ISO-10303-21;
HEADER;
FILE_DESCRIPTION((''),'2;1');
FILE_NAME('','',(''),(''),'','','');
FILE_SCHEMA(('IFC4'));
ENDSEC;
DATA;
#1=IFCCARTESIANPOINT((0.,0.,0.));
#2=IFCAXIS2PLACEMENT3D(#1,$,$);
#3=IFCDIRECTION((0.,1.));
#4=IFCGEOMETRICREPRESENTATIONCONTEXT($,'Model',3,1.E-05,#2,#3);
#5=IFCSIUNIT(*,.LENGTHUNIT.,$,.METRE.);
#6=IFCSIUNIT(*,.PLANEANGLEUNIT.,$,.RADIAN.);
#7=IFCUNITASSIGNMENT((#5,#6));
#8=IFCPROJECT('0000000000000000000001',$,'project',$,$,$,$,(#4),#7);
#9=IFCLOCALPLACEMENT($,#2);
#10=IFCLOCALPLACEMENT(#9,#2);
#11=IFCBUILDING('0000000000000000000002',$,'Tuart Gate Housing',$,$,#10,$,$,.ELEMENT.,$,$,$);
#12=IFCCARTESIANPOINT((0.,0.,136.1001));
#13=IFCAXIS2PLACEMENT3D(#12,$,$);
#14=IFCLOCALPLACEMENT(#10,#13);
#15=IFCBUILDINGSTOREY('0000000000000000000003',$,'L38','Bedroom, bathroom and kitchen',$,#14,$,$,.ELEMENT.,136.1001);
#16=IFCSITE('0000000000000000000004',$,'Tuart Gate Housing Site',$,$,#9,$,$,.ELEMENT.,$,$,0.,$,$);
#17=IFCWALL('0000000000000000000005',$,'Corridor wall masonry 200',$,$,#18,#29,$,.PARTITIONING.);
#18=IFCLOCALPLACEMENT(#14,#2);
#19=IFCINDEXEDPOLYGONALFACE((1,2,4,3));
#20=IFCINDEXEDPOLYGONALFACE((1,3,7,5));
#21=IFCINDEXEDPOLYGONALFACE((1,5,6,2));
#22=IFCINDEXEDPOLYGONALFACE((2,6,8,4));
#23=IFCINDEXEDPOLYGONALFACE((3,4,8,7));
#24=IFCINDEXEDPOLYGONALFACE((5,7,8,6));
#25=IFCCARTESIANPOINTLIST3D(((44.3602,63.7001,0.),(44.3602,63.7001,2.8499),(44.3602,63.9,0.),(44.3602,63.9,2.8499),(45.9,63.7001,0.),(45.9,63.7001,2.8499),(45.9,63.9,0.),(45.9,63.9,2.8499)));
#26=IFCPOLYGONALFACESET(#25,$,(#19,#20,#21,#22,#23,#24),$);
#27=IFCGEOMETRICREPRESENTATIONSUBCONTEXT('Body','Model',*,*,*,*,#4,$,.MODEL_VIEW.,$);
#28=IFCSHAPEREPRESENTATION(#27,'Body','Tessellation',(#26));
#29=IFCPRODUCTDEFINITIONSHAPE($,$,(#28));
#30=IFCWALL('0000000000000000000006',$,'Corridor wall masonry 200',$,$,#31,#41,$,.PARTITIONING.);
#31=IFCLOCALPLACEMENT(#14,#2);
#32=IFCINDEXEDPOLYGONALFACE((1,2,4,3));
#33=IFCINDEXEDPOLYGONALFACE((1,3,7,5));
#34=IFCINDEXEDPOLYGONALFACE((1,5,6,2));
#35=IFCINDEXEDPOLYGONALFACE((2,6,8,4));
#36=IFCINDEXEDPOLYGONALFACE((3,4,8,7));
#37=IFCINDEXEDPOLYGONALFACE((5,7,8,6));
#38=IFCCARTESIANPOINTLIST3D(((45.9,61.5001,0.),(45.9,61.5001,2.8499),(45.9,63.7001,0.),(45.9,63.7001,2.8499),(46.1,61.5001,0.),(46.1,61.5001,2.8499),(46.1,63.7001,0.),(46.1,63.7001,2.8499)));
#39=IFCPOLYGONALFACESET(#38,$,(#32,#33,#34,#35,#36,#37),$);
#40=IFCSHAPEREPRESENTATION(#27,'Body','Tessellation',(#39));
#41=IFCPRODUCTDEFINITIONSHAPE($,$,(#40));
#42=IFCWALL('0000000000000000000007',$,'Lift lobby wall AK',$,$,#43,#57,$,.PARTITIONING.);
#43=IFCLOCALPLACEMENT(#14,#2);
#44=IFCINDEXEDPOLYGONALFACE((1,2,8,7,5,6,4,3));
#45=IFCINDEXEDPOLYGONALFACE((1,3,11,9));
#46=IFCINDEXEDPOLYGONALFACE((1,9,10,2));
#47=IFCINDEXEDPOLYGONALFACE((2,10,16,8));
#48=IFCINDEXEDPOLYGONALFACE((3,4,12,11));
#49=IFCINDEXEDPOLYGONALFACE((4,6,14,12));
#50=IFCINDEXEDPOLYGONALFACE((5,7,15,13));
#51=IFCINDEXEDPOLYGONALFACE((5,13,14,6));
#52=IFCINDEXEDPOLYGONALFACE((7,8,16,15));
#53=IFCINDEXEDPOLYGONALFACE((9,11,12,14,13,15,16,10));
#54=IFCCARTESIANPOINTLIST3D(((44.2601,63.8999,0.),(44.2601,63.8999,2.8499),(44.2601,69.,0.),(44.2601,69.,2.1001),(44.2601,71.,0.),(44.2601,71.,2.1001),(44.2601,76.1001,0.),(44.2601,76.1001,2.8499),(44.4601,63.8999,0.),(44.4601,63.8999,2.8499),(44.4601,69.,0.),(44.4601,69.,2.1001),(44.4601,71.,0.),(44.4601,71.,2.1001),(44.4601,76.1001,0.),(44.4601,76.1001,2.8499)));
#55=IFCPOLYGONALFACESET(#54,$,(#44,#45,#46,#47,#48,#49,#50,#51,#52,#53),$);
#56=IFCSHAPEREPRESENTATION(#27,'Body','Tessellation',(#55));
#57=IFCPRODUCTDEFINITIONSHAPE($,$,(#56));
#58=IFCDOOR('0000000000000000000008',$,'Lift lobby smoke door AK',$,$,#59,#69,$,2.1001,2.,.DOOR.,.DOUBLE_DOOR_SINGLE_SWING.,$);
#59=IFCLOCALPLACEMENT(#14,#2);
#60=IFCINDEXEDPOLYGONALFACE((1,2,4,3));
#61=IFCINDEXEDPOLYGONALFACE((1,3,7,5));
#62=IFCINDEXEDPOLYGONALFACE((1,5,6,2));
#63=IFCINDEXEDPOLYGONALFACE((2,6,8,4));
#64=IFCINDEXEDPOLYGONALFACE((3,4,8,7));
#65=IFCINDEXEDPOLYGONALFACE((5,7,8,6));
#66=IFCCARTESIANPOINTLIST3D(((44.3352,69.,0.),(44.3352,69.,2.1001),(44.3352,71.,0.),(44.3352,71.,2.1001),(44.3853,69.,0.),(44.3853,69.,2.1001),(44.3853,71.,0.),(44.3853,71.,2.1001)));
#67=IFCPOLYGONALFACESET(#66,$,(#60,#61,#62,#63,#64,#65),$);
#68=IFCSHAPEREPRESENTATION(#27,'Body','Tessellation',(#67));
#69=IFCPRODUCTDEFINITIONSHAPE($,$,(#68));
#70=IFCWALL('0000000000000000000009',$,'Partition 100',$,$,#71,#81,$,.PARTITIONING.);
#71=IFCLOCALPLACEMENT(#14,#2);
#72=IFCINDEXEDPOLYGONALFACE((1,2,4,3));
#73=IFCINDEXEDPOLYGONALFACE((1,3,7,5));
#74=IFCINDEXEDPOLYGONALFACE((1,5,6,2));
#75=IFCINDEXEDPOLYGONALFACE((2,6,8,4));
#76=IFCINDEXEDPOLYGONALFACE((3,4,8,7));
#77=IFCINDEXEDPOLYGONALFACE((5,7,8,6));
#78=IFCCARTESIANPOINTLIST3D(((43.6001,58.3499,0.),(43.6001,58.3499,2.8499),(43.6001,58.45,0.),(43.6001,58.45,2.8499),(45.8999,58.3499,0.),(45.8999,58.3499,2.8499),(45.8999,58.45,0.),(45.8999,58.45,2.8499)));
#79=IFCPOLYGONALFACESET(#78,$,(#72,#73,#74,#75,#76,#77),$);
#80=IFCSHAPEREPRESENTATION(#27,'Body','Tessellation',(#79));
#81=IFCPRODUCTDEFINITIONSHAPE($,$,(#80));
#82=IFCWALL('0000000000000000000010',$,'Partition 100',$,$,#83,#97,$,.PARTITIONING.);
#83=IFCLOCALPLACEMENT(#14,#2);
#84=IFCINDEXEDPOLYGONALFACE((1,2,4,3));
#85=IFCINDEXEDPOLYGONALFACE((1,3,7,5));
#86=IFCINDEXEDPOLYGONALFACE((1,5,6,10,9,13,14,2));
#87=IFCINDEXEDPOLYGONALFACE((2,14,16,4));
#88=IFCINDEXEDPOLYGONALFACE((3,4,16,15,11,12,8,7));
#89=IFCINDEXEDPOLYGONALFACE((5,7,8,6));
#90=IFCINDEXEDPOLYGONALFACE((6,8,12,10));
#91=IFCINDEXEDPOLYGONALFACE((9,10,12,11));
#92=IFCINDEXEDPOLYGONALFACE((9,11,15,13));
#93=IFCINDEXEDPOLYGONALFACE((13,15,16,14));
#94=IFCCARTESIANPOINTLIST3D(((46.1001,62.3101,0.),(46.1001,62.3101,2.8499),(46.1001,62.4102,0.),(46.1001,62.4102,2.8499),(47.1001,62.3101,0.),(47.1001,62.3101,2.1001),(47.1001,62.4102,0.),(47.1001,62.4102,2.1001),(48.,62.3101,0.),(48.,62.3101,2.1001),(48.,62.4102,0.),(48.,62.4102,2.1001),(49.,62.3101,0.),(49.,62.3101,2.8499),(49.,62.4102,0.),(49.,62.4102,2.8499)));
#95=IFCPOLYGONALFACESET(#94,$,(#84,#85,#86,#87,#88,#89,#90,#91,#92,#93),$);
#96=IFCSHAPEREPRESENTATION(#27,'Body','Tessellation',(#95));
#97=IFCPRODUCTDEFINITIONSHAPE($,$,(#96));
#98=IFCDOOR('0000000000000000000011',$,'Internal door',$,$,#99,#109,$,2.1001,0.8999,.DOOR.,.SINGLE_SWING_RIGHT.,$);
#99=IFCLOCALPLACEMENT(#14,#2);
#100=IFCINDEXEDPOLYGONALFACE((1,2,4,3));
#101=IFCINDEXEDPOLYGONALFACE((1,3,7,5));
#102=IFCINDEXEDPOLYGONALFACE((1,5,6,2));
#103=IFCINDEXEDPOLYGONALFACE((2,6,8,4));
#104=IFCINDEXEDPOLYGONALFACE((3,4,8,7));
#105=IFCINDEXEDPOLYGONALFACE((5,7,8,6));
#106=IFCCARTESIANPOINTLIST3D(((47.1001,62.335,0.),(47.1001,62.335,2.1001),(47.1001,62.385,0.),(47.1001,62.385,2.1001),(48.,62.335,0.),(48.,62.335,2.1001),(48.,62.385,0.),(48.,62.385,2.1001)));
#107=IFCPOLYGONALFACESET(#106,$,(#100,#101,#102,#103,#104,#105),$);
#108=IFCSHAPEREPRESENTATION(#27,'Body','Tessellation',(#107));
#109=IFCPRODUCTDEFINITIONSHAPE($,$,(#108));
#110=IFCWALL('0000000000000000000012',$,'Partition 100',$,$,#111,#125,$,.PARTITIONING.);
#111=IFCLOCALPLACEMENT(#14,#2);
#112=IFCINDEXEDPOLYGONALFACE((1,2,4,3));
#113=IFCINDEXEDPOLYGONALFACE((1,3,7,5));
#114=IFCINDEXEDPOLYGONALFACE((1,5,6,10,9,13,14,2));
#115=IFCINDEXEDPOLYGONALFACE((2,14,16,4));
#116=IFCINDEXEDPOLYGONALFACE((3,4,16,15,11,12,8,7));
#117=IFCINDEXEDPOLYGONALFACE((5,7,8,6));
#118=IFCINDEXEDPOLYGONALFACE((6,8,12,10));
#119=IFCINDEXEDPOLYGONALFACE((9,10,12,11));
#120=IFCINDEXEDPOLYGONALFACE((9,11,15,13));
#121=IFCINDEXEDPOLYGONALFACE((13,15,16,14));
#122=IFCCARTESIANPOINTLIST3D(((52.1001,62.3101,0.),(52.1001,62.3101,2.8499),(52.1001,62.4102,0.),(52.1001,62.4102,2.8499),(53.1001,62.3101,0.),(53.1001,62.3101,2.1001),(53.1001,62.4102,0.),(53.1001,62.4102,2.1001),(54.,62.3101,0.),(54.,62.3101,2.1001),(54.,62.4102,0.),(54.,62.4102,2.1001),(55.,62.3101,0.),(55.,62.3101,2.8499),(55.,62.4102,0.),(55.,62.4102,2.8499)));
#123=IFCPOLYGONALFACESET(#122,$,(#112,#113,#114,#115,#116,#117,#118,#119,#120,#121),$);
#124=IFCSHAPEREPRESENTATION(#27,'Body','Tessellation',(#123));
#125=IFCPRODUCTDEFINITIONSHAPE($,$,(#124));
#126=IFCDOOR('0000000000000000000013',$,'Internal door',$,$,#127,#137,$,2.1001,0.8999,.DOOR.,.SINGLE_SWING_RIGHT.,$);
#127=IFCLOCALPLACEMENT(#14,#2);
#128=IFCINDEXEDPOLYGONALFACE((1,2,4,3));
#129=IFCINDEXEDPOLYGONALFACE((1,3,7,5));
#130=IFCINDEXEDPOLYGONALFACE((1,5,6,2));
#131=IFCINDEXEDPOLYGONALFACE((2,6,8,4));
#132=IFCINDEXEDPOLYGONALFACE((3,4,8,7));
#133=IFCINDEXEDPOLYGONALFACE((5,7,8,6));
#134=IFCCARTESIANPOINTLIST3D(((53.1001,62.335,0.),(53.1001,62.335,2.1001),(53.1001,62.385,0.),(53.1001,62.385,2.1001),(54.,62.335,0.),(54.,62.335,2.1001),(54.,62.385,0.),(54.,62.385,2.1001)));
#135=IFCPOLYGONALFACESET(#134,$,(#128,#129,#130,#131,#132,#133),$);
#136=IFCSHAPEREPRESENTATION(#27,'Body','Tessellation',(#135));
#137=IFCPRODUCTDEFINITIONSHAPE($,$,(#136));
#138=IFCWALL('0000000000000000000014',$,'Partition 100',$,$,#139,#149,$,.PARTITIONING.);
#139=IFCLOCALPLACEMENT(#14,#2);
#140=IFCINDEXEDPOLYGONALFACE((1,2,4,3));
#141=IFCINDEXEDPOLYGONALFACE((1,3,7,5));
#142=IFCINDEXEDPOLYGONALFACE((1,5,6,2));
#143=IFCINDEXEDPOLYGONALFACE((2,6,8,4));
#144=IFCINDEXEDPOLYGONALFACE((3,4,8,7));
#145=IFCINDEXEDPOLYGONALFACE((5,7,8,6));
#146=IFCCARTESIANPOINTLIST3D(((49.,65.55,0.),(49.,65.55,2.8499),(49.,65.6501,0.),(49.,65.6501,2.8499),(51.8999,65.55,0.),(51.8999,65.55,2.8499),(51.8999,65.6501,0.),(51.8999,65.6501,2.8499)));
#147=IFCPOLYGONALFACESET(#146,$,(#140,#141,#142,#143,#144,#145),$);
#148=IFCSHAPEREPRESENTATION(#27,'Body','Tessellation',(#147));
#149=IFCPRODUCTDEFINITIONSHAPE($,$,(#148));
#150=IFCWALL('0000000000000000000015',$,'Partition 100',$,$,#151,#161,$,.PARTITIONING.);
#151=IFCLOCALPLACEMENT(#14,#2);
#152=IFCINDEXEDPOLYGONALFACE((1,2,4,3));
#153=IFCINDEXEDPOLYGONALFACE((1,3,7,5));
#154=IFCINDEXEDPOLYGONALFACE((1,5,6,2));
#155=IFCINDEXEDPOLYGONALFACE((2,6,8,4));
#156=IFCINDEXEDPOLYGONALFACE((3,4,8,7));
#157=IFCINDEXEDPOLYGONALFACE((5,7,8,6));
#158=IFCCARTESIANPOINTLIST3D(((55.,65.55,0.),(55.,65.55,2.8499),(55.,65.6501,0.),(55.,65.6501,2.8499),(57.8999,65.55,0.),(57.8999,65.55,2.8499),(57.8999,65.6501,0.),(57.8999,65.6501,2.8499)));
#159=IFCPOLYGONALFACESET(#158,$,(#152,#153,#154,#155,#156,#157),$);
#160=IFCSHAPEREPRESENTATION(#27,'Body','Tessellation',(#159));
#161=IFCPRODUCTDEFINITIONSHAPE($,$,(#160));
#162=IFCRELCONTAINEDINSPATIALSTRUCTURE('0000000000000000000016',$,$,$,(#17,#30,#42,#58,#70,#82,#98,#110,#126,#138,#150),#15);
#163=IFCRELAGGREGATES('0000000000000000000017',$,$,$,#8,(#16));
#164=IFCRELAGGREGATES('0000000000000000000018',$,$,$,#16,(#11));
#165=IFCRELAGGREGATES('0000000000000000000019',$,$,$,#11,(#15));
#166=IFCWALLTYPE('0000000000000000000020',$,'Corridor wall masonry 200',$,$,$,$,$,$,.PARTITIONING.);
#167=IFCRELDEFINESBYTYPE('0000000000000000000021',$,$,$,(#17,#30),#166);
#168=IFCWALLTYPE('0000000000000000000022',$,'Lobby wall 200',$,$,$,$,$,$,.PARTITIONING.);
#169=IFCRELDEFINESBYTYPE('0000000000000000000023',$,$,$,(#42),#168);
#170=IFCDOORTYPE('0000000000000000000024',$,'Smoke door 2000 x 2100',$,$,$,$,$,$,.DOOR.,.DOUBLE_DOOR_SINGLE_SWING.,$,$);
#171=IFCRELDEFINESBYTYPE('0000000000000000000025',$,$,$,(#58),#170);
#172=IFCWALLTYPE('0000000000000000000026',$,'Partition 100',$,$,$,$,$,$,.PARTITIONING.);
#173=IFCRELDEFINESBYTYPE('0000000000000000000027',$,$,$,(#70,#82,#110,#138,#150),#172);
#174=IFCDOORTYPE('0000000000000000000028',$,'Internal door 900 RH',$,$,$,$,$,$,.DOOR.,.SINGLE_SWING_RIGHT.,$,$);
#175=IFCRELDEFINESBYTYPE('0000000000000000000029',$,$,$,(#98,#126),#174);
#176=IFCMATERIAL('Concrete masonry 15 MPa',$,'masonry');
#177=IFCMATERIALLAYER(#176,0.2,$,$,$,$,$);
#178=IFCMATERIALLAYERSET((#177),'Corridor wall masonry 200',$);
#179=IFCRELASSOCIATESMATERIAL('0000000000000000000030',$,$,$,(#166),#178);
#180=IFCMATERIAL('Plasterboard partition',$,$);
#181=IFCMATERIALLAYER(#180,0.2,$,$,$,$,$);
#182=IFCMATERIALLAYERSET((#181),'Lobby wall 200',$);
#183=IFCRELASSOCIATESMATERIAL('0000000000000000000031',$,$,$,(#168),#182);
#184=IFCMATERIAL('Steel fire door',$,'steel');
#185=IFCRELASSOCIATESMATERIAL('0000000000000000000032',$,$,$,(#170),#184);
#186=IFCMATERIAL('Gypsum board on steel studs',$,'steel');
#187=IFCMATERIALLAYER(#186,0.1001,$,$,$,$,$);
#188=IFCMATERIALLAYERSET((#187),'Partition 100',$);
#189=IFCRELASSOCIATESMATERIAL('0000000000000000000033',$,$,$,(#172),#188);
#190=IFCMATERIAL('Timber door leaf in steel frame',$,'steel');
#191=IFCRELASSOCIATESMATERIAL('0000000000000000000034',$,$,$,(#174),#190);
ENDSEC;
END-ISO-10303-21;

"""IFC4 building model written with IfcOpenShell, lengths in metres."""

from ifc_helpers import new_model, si_unit, direction, frame, frame_2d, origin, place, context, subcontext, project, spatial, rectangle, extrude, material, layer, layer_set, type_object, element, fill, save


model = new_model("IFC4")

# Units and contexts
model_context = context("Model", 3, precision=1e-05, world=origin(), true_north=direction((0.0, 1.0)))
body_context = subcontext(model_context, "Body", "Model", "MODEL_VIEW")
ifc_project = project(units=[si_unit("LENGTHUNIT", "METRE"), si_unit("PLANEANGLEUNIT", "RADIAN")], contexts=[model_context])

# Site, building, storey
site_placement = place(None, origin())
site = spatial("IfcSite", under=ifc_project, at=site_placement, Name="Tuart Gate Housing Site", CompositionType="ELEMENT", RefElevation=0.0)
building_placement = place(site_placement, origin())
building = spatial("IfcBuilding", under=site, at=building_placement, Name="Tuart Gate Housing", CompositionType="ELEMENT")
storey_placement = place(building_placement, frame((0.0, 0.0, 136.1001)))
storey = spatial("IfcBuildingStorey", under=building, at=storey_placement, Name="L38", Description="Bedroom, bathroom and kitchen", CompositionType="ELEMENT", Elevation=136.1001)

# Walls
ifc_material_1 = material(Name="Concrete masonry 15 MPa", Category="masonry")
ifc_layer_1 = layer(ifc_material_1, 0.2)
ifc_layer_set_1 = layer_set([ifc_layer_1], Name="Corridor wall masonry 200")
wall_type_1 = type_object("IfcWallType", Name="Corridor wall masonry 200", PredefinedType="PARTITIONING", material=ifc_layer_set_1)
wall_1_placement = place(storey_placement, frame((44.3601, 63.8, 0.0), z_axis=(0.0, 0.0, 1.0), x_axis=(1.0, 0.0, 0.0)))
element("IfcWall", 1, at=wall_1_placement, inside=storey, type_object=wall_type_1, Name="Corridor wall masonry 200", PredefinedType="PARTITIONING", context=body_context, shape_type="SweptSolid", body=[
    extrude(rectangle(XDim=1.5398, YDim=0.2, at=frame_2d((0.77, 0.0))), origin(), (0.0, 0.0, 1.0), 2.8499),
])
wall_2_placement = place(storey_placement, frame((46.0, 61.5, 0.0), z_axis=(0.0, 0.0, 1.0), x_axis=(0.0, 1.0, 0.0)))
element("IfcWall", 2, at=wall_2_placement, inside=storey, type_object=wall_type_1, Name="Corridor wall masonry 200", PredefinedType="PARTITIONING", context=body_context, shape_type="SweptSolid", body=[
    extrude(rectangle(XDim=2.2, YDim=0.2, at=frame_2d((1.1001, 0.0))), origin(), (0.0, 0.0, 1.0), 2.8499),
])

# Wall, opening, door
ifc_material_2 = material(Name="Plasterboard partition")
ifc_layer_2 = layer(ifc_material_2, 0.2)
ifc_layer_set_2 = layer_set([ifc_layer_2], Name="Lobby wall 200")
wall_type_2 = type_object("IfcWallType", Name="Lobby wall 200", PredefinedType="PARTITIONING", material=ifc_layer_set_2)
wall_3_placement = place(storey_placement, frame((44.3601, 63.8999, 0.0), z_axis=(0.0, 0.0, 1.0), x_axis=(0.0, 1.0, 0.0)))
wall_3 = element("IfcWall", 3, at=wall_3_placement, inside=storey, type_object=wall_type_2, Name="Lift lobby wall AK", PredefinedType="PARTITIONING", context=body_context, shape_type="SweptSolid", body=[
    extrude(rectangle(XDim=12.2002, YDim=0.2, at=frame_2d((6.1001, 0.0))), origin(), (0.0, 0.0, 1.0), 2.8499),
])
opening_1_placement = place(wall_3_placement, frame((5.1001, 0.0, 0.0)))
opening_1 = element("IfcOpeningElement", 4, at=opening_1_placement, cuts=wall_3, PredefinedType="OPENING", context=body_context, shape_type="SweptSolid", body=[
    extrude(rectangle(XDim=2.0, YDim=2.1001, at=frame_2d((1.0, 1.05))), frame((0.0, 0.1099, 0.0), z_axis=(0.0, -1.0, 0.0), x_axis=(1.0, 0.0, 0.0)), (0.0, 0.0, 1.0), 0.22),
])
ifc_material_3 = material(Name="Steel fire door", Category="steel")
door_type_1 = type_object("IfcDoorType", Name="Smoke door 2000 x 2100", OperationType="DOUBLE_DOOR_SINGLE_SWING", PredefinedType="DOOR", material=ifc_material_3)
door_1_placement = place(opening_1_placement, origin())
door_1 = element("IfcDoor", 5, at=door_1_placement, inside=storey, type_object=door_type_1, Name="Lift lobby smoke door AK", OperationType="DOUBLE_DOOR_SINGLE_SWING", OverallHeight=2.1001, OverallWidth=2.0, PredefinedType="DOOR", context=body_context, shape_type="SweptSolid", body=[
    extrude(rectangle(XDim=2.0, YDim=2.1001, at=frame_2d((1.0, 1.05))), frame((0.0, 0.0249, 0.0), z_axis=(0.0, -1.0, 0.0), x_axis=(1.0, 0.0, 0.0)), (0.0, 0.0, 1.0), 0.05),
])
fill(opening_1, door_1)

# Wall
ifc_material_4 = material(Name="Gypsum board on steel studs", Category="steel")
ifc_layer_3 = layer(ifc_material_4, 0.1001)
ifc_layer_set_3 = layer_set([ifc_layer_3], Name="Partition 100")
wall_type_3 = type_object("IfcWallType", Name="Partition 100", PredefinedType="PARTITIONING", material=ifc_layer_set_3)
wall_4_placement = place(storey_placement, frame((43.6001, 58.3999, 0.0), z_axis=(0.0, 0.0, 1.0), x_axis=(1.0, 0.0, 0.0)))
element("IfcWall", 6, at=wall_4_placement, inside=storey, type_object=wall_type_3, Name="Partition 100", PredefinedType="PARTITIONING", context=body_context, shape_type="SweptSolid", body=[
    extrude(rectangle(XDim=2.2998, YDim=0.1001, at=frame_2d((1.1499, 0.0))), origin(), (0.0, 0.0, 1.0), 2.8499),
])

# Walls, openings, doors
wall_5_placement = place(storey_placement, frame((46.1001, 62.3601, 0.0), z_axis=(0.0, 0.0, 1.0), x_axis=(1.0, 0.0, 0.0)))
wall_5 = element("IfcWall", 7, at=wall_5_placement, inside=storey, type_object=wall_type_3, Name="Partition 100", PredefinedType="PARTITIONING", context=body_context, shape_type="SweptSolid", body=[
    extrude(rectangle(XDim=2.8999, YDim=0.1001, at=frame_2d((1.45, 0.0))), origin(), (0.0, 0.0, 1.0), 2.8499),
])
opening_2_placement = place(wall_5_placement, frame((1.0, 0.0, 0.0)))
opening_2 = element("IfcOpeningElement", 8, at=opening_2_placement, cuts=wall_5, PredefinedType="OPENING", context=body_context, shape_type="SweptSolid", body=[
    extrude(rectangle(XDim=0.8999, YDim=2.1001, at=frame_2d((0.45, 1.05))), frame((0.0, 0.0601, 0.0), z_axis=(0.0, -1.0, 0.0), x_axis=(1.0, 0.0, 0.0)), (0.0, 0.0, 1.0), 0.1201),
])
ifc_material_5 = material(Name="Timber door leaf in steel frame", Category="steel")
door_type_2 = type_object("IfcDoorType", Name="Internal door 900 RH", OperationType="SINGLE_SWING_RIGHT", PredefinedType="DOOR", material=ifc_material_5)
door_2_placement = place(opening_2_placement, origin())
door_2 = element("IfcDoor", 9, at=door_2_placement, inside=storey, type_object=door_type_2, Name="Internal door", OperationType="SINGLE_SWING_RIGHT", OverallHeight=2.1001, OverallWidth=0.8999, PredefinedType="DOOR", context=body_context, shape_type="SweptSolid", body=[
    extrude(rectangle(XDim=0.8999, YDim=2.1001, at=frame_2d((0.45, 1.05))), frame((0.0, 0.0249, 0.0), z_axis=(0.0, -1.0, 0.0), x_axis=(1.0, 0.0, 0.0)), (0.0, 0.0, 1.0), 0.05),
])
fill(opening_2, door_2)
wall_6_placement = place(storey_placement, frame((52.1001, 62.3601, 0.0), z_axis=(0.0, 0.0, 1.0), x_axis=(1.0, 0.0, 0.0)))
wall_6 = element("IfcWall", 10, at=wall_6_placement, inside=storey, type_object=wall_type_3, Name="Partition 100", PredefinedType="PARTITIONING", context=body_context, shape_type="SweptSolid", body=[
    extrude(rectangle(XDim=2.8999, YDim=0.1001, at=frame_2d((1.45, 0.0))), origin(), (0.0, 0.0, 1.0), 2.8499),
])
opening_3_placement = place(wall_6_placement, frame((1.0, 0.0, 0.0)))
opening_3 = element("IfcOpeningElement", 11, at=opening_3_placement, cuts=wall_6, PredefinedType="OPENING", context=body_context, shape_type="SweptSolid", body=[
    extrude(rectangle(XDim=0.8999, YDim=2.1001, at=frame_2d((0.45, 1.05))), frame((0.0, 0.0601, 0.0), z_axis=(0.0, -1.0, 0.0), x_axis=(1.0, 0.0, 0.0)), (0.0, 0.0, 1.0), 0.1201),
])
door_3_placement = place(opening_3_placement, origin())
door_3 = element("IfcDoor", 12, at=door_3_placement, inside=storey, type_object=door_type_2, Name="Internal door", OperationType="SINGLE_SWING_RIGHT", OverallHeight=2.1001, OverallWidth=0.8999, PredefinedType="DOOR", context=body_context, shape_type="SweptSolid", body=[
    extrude(rectangle(XDim=0.8999, YDim=2.1001, at=frame_2d((0.45, 1.05))), frame((0.0, 0.0249, 0.0), z_axis=(0.0, -1.0, 0.0), x_axis=(1.0, 0.0, 0.0)), (0.0, 0.0, 1.0), 0.05),
])
fill(opening_3, door_3)

# Walls
for number, where, z_axis, x_axis, name in (
    (13, (49.0, 65.6001, 0.0), (0.0, 0.0, 1.0), (1.0, 0.0, 0.0), "Partition 100"),
    (14, (55.0, 65.6001, 0.0), (0.0, 0.0, 1.0), (1.0, 0.0, 0.0), "Partition 100"),
):
    element("IfcWall", number, at=place(storey_placement, frame(where, z_axis=z_axis, x_axis=x_axis)), inside=storey, type_object=wall_type_3, Name=name, PredefinedType="PARTITIONING", context=body_context, shape_type="SweptSolid", body=[
        extrude(rectangle(XDim=2.8999, YDim=0.1001, at=frame_2d((1.45, 0.0))), origin(), (0.0, 0.0, 1.0), 2.8499),
    ])

save(model, "model.ifc")
